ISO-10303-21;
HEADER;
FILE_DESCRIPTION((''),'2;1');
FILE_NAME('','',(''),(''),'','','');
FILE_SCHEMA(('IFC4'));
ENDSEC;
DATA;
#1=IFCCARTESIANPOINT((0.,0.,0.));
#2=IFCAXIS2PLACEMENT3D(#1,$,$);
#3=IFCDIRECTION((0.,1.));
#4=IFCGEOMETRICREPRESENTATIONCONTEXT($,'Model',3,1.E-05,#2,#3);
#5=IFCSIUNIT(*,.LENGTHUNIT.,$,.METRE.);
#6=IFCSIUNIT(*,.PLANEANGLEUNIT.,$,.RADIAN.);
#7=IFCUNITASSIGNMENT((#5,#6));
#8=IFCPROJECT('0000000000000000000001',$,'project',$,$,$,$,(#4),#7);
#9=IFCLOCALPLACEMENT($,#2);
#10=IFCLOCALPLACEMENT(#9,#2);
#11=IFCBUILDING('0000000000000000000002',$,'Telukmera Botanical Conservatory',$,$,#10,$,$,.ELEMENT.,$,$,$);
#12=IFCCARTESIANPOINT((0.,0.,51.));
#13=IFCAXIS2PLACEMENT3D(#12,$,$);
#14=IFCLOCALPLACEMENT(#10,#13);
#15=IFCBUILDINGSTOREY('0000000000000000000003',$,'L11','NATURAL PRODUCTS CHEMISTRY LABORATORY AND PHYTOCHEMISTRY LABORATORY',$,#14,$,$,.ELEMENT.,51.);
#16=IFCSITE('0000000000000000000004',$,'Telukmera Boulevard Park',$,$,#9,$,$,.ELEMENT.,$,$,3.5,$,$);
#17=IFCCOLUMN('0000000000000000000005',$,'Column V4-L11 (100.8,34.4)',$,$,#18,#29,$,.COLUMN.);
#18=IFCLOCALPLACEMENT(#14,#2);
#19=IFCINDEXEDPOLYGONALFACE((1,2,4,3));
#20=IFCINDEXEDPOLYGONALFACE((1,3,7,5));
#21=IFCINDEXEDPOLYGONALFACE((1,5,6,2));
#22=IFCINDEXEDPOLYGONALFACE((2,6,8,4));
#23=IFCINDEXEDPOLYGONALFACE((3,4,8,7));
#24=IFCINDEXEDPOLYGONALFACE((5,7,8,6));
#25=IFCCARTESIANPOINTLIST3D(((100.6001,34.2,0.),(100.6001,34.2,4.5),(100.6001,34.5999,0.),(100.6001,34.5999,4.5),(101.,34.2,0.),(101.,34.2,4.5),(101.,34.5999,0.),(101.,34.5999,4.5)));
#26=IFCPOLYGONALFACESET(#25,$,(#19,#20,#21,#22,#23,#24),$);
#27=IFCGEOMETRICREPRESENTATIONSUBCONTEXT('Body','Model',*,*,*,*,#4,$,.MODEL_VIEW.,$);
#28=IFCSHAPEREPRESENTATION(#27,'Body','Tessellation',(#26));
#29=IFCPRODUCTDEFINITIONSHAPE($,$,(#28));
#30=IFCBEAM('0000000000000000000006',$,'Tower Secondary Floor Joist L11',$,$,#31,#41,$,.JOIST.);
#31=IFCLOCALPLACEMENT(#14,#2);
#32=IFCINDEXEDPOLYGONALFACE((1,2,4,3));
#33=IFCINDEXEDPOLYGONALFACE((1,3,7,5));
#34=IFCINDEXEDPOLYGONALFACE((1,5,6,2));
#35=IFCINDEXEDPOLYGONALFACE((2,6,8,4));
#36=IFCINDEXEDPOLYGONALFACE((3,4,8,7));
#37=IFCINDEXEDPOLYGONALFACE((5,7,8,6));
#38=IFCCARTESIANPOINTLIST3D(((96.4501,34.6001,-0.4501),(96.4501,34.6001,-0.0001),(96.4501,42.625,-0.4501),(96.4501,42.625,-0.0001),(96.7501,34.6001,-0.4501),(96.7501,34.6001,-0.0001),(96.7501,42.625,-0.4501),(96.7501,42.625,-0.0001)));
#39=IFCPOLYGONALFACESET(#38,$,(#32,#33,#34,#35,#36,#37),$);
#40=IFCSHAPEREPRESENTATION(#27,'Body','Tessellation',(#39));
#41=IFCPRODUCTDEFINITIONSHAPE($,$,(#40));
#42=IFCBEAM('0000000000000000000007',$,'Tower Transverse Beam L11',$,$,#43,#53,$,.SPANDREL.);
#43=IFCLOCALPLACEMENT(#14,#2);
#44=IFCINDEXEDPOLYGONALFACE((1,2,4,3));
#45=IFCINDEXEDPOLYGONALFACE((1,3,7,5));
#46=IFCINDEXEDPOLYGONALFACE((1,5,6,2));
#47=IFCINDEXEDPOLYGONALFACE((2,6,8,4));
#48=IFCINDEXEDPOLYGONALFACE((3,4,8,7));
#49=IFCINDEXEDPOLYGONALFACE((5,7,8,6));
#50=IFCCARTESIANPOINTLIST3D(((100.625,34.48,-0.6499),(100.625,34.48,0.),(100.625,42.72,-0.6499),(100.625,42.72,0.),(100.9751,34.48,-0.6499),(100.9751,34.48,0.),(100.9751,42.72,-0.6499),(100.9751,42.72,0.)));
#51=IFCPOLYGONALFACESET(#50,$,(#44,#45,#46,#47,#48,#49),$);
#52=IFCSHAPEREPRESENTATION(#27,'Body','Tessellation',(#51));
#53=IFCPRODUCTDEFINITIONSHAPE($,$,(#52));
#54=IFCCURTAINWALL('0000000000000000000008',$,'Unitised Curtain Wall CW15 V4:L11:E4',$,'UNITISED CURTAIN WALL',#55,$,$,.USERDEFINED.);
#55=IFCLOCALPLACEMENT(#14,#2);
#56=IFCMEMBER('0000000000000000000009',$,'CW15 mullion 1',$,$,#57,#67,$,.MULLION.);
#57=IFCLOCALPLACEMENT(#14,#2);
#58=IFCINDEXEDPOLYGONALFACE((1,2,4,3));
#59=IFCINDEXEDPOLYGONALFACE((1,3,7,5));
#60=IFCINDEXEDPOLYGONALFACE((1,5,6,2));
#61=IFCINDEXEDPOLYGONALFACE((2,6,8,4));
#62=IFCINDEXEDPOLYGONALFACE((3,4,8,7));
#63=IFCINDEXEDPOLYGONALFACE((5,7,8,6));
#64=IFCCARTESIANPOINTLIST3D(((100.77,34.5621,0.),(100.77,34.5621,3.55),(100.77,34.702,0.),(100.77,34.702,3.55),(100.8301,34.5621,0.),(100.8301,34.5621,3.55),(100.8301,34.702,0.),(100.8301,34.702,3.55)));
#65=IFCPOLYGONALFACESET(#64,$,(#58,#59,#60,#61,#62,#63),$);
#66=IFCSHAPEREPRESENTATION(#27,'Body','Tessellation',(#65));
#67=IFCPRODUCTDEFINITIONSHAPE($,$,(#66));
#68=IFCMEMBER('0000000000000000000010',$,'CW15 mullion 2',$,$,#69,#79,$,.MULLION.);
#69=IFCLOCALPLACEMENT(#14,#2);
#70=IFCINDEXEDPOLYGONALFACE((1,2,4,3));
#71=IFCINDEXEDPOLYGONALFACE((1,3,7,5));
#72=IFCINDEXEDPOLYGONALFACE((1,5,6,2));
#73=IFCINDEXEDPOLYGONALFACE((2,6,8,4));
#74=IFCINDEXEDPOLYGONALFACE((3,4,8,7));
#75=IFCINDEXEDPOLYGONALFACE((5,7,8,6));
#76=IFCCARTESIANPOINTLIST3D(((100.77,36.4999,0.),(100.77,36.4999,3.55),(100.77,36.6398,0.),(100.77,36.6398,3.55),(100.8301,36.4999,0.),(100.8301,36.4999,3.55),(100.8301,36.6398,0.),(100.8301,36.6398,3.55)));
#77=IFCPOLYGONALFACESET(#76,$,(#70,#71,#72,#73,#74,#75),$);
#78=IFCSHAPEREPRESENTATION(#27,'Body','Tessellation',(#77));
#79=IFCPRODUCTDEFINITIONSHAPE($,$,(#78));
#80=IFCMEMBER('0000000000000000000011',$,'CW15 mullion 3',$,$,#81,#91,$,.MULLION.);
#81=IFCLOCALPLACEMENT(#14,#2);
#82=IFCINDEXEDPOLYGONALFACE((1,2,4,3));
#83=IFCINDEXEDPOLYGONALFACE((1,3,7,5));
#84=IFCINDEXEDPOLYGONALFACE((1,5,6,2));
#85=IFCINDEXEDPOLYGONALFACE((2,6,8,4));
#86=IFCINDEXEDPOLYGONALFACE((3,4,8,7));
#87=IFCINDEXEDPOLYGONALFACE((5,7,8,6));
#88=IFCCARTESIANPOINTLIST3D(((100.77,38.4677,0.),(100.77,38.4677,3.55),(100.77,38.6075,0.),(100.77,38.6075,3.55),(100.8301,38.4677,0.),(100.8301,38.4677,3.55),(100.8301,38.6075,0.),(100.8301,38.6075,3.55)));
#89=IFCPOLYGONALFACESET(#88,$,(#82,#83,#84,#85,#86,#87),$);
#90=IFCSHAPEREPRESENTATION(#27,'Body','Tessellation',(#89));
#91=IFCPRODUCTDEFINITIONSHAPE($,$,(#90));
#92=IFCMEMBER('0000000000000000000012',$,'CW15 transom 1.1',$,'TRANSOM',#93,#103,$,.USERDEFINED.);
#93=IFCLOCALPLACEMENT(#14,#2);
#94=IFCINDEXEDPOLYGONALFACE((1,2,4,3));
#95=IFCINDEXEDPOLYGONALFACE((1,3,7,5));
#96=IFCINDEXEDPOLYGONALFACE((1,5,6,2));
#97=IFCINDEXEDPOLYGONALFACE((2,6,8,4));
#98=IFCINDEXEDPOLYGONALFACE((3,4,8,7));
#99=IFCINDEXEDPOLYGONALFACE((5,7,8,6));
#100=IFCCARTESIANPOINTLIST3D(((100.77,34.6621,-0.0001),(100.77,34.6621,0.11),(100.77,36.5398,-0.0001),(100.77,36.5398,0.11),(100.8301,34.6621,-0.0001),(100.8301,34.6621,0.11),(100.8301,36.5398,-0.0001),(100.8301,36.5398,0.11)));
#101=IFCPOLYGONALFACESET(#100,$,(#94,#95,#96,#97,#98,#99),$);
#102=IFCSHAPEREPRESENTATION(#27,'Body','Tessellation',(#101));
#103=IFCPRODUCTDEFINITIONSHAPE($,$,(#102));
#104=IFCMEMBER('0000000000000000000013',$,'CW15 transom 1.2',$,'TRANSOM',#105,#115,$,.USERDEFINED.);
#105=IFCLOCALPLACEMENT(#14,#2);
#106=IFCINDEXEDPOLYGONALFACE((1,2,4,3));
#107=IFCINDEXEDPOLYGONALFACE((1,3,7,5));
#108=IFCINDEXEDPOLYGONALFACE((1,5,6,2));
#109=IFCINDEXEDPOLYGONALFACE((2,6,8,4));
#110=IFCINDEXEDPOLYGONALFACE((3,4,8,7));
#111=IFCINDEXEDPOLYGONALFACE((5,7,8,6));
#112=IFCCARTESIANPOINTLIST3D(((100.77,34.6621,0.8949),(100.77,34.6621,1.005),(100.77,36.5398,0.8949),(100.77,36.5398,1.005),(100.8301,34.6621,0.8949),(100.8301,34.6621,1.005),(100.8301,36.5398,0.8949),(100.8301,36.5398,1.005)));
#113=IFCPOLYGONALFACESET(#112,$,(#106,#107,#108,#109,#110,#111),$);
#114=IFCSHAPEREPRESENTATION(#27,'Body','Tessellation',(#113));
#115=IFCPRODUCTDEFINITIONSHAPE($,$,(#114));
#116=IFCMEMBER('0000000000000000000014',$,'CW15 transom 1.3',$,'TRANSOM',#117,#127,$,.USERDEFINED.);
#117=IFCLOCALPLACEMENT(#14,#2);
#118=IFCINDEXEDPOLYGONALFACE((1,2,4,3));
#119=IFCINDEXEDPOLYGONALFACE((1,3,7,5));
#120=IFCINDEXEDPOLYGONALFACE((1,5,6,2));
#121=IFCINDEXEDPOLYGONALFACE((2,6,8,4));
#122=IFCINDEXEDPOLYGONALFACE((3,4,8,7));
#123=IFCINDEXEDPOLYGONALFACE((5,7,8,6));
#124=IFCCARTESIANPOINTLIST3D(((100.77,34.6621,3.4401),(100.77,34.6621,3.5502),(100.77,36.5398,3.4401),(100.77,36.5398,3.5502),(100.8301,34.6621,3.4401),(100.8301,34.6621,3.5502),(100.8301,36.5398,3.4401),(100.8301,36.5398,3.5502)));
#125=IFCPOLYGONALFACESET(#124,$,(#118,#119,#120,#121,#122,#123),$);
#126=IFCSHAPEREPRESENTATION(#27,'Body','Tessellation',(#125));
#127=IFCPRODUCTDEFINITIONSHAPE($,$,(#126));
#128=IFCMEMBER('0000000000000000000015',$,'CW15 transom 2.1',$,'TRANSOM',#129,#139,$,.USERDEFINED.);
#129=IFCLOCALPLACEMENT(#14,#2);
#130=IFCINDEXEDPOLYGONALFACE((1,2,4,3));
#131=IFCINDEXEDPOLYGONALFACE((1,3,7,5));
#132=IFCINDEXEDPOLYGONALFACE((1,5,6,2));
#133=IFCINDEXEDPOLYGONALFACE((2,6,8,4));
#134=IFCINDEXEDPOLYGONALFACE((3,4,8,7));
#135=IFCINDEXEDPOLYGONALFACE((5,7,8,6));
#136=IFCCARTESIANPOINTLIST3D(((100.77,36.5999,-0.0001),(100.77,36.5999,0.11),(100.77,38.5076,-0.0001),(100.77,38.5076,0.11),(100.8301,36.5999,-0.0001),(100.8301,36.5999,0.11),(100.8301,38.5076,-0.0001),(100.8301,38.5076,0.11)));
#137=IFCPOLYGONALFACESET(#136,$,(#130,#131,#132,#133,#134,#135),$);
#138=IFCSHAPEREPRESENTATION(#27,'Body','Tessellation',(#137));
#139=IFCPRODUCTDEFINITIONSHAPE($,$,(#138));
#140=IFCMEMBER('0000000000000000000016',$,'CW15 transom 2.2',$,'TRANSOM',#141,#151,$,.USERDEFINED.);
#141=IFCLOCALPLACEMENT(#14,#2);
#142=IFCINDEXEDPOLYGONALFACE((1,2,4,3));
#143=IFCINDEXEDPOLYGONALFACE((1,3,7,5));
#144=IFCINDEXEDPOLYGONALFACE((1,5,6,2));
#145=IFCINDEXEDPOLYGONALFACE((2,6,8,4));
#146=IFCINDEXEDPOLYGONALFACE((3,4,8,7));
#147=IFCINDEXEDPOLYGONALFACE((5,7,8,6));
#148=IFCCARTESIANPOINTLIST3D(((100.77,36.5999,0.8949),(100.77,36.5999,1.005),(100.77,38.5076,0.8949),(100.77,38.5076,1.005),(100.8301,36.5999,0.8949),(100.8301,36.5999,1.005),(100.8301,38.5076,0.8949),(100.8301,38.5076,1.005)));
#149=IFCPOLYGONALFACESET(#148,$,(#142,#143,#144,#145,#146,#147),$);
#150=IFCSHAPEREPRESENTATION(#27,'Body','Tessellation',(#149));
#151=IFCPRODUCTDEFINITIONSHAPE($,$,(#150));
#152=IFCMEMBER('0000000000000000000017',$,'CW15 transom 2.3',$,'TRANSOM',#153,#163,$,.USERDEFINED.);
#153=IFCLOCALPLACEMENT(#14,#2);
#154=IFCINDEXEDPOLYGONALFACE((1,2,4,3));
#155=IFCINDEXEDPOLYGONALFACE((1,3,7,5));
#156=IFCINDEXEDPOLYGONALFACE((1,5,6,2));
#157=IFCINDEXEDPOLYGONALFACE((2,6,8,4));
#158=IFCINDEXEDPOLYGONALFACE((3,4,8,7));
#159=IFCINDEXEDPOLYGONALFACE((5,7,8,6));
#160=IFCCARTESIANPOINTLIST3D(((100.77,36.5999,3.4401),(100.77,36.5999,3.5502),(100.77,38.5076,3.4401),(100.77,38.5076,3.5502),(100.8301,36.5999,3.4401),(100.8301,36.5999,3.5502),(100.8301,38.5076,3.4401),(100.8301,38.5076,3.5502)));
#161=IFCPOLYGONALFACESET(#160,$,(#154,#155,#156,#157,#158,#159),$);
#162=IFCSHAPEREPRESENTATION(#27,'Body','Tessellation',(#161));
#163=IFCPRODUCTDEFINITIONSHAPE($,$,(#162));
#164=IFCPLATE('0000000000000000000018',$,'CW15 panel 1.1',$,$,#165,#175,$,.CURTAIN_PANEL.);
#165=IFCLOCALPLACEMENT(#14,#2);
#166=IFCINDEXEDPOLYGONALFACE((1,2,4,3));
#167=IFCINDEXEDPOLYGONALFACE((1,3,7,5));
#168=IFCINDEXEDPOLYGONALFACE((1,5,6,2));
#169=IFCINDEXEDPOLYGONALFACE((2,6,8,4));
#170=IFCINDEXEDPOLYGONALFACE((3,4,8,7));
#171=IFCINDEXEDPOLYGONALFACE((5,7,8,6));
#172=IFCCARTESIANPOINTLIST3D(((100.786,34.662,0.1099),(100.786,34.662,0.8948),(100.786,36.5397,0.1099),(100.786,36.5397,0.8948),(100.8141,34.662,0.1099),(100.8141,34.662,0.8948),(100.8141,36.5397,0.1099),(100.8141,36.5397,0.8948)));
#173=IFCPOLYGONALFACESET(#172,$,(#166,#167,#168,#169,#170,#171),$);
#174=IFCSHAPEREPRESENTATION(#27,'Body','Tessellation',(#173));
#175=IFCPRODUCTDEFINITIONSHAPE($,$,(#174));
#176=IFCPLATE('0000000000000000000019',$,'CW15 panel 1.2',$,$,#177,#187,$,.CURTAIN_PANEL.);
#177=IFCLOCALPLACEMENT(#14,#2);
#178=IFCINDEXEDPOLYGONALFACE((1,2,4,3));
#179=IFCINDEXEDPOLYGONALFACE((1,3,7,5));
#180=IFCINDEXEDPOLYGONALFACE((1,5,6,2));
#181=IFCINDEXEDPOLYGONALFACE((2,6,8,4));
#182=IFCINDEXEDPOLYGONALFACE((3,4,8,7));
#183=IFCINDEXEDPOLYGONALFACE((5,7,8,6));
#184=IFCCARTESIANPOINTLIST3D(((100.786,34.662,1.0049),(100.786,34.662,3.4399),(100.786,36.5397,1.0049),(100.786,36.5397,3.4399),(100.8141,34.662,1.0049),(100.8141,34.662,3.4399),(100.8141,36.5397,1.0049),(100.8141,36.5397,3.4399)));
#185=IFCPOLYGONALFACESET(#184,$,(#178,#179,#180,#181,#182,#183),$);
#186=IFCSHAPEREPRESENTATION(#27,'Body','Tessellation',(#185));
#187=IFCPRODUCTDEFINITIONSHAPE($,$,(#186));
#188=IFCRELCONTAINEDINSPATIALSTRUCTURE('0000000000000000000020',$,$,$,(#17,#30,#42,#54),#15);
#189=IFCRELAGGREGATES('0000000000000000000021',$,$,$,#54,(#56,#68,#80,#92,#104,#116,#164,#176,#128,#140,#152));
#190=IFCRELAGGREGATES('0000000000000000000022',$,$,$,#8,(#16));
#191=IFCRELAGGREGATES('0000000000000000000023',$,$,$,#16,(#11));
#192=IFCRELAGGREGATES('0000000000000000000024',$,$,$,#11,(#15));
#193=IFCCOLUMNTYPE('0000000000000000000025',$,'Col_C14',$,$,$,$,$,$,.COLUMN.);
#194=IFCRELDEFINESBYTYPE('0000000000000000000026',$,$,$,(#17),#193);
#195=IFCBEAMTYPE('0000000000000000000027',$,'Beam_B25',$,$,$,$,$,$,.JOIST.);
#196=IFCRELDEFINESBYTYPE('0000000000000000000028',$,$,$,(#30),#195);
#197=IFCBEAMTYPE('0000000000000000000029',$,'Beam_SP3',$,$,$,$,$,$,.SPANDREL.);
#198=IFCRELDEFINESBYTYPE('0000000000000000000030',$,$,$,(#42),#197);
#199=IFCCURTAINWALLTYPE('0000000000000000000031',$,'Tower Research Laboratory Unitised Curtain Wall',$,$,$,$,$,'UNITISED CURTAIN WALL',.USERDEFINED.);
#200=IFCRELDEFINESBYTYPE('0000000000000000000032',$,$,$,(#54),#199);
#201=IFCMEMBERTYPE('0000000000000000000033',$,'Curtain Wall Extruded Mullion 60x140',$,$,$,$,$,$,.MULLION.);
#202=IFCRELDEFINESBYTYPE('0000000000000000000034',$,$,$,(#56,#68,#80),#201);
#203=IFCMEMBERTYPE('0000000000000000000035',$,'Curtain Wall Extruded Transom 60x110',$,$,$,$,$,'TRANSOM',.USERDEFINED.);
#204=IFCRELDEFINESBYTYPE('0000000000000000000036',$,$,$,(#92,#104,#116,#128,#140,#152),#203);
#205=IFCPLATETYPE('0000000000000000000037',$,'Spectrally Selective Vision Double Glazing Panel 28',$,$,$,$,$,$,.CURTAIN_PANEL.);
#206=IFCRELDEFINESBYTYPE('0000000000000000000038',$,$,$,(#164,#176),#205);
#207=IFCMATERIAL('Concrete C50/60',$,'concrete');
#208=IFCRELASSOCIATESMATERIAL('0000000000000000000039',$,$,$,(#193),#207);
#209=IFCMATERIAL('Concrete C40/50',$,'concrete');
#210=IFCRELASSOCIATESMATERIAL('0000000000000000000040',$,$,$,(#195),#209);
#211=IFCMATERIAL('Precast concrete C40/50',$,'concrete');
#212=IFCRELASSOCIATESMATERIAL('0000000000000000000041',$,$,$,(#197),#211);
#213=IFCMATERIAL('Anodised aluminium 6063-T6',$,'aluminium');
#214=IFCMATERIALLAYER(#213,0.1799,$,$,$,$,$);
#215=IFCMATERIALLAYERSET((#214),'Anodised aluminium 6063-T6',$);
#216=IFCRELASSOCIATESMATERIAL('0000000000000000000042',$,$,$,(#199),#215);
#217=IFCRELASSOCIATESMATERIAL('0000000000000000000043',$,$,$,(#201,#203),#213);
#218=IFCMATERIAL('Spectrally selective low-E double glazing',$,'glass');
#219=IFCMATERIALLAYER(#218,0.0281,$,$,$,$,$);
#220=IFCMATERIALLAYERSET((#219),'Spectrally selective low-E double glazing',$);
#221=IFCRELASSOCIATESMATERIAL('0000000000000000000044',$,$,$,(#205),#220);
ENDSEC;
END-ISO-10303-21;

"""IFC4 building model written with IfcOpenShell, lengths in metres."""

from ifc_helpers import new_model, si_unit, direction, frame, origin, origin_2d, place, context, subcontext, project, spatial, rectangle, extrude, material, layer, layer_set, material_profile, profile_set, type_object, element, aggregate, save


model = new_model("IFC4")

# Units and contexts
model_context = context("Model", 3, precision=1e-05, world=origin(), true_north=direction((0.0, 1.0)))
body_context = subcontext(model_context, "Body", "Model", "MODEL_VIEW")
ifc_project = project(units=[si_unit("LENGTHUNIT", "METRE"), si_unit("PLANEANGLEUNIT", "RADIAN")], contexts=[model_context])

# Site, building, storey
site_placement = place(None, origin())
site = spatial("IfcSite", under=ifc_project, at=site_placement, Name="Telukmera Boulevard Park", CompositionType="ELEMENT", RefElevation=3.5)
building_placement = place(site_placement, origin())
building = spatial("IfcBuilding", under=site, at=building_placement, Name="Telukmera Botanical Conservatory", CompositionType="ELEMENT")
storey_placement = place(building_placement, frame((0.0, 0.0, 51.0)))
storey = spatial("IfcBuildingStorey", under=building, at=storey_placement, Name="L11", Description="NATURAL PRODUCTS CHEMISTRY LABORATORY AND PHYTOCHEMISTRY LABORATORY", CompositionType="ELEMENT", Elevation=51.0)

# Column
ifc_material_1 = material(Name="Concrete C50/60", Category="concrete")
ifc_material_profile_1 = material_profile(ifc_material_1, rectangle(XDim=0.3999, YDim=0.3999, at=origin_2d()), Name="RC 400x400")
ifc_profile_set_1 = profile_set([ifc_material_profile_1], Name="Concrete C50/60")
column_type = type_object("IfcColumnType", Name="Col_C14", PredefinedType="COLUMN", material=ifc_profile_set_1)
column_placement = place(storey_placement, frame((100.8, 34.3999, 0.0), z_axis=(0.0, 0.0, 1.0), x_axis=(1.0, 0.0, 0.0)))
element("IfcColumn", 1, at=column_placement, inside=storey, type_object=column_type, Name="Column V4-L11 (100.8,34.4)", PredefinedType="COLUMN", context=body_context, shape_type="SweptSolid", body=[
    extrude(rectangle(XDim=0.3999, YDim=0.3999, at=origin_2d()), origin(), (0.0, 0.0, 1.0), 4.5),
])

# Beams
ifc_material_2 = material(Name="Concrete C40/50", Category="concrete")
ifc_material_profile_2 = material_profile(ifc_material_2, rectangle(XDim=0.3, YDim=0.45, at=origin_2d()), Name="RC 300x450")
ifc_profile_set_2 = profile_set([ifc_material_profile_2], Name="Concrete C40/50")
beam_type_1 = type_object("IfcBeamType", Name="Beam_B25", PredefinedType="JOIST", material=ifc_profile_set_2)
beam_1_placement = place(storey_placement, frame((96.6001, 34.6001, -0.2251), z_axis=(0.0, 1.0, 0.0), x_axis=(-1.0, 0.0, 0.0)))
element("IfcBeam", 2, at=beam_1_placement, inside=storey, type_object=beam_type_1, Name="Tower Secondary Floor Joist L11", PredefinedType="JOIST", context=body_context, shape_type="SweptSolid", body=[
    extrude(rectangle(XDim=0.3, YDim=0.45, at=origin_2d()), origin(), (0.0, 0.0, 1.0), 8.0249),
])
ifc_material_3 = material(Name="Precast concrete C40/50", Category="concrete")
ifc_material_profile_3 = material_profile(ifc_material_3, rectangle(XDim=0.3501, YDim=0.6499, at=origin_2d()), Name="PC 350x650")
ifc_profile_set_3 = profile_set([ifc_material_profile_3], Name="Precast concrete C40/50")
beam_type_2 = type_object("IfcBeamType", Name="Beam_SP3", PredefinedType="SPANDREL", material=ifc_profile_set_3)
beam_2_placement = place(storey_placement, frame((100.8, 34.48, -0.325), z_axis=(0.0, 1.0, 0.0), x_axis=(-1.0, 0.0, 0.0)))
element("IfcBeam", 3, at=beam_2_placement, inside=storey, type_object=beam_type_2, Name="Tower Transverse Beam L11", PredefinedType="SPANDREL", context=body_context, shape_type="SweptSolid", body=[
    extrude(rectangle(XDim=0.3501, YDim=0.6499, at=origin_2d()), origin(), (0.0, 0.0, 1.0), 8.24),
])

# Curtain wall, members, plates
ifc_material_4 = material(Name="Anodised aluminium 6063-T6", Category="aluminium")
ifc_layer_1 = layer(ifc_material_4, 0.1799)
ifc_layer_set_1 = layer_set([ifc_layer_1], Name="Anodised aluminium 6063-T6")
curtain_wall_type = type_object("IfcCurtainWallType", Name="Tower Research Laboratory Unitised Curtain Wall", ElementType="UNITISED CURTAIN WALL", PredefinedType="USERDEFINED", material=ifc_layer_set_1)
curtain_wall_placement = place(storey_placement, origin())
curtain_wall = element("IfcCurtainWall", 4, at=curtain_wall_placement, inside=storey, type_object=curtain_wall_type, Name="Unitised Curtain Wall CW15 V4:L11:E4", ObjectType="UNITISED CURTAIN WALL", PredefinedType="USERDEFINED")
ifc_material_profile_4 = material_profile(ifc_material_4, rectangle(XDim=0.0601, YDim=0.1399, at=origin_2d()), Name="ALU MULL 60x140")
ifc_profile_set_4 = profile_set([ifc_material_profile_4], Name="Anodised aluminium 6063-T6")
member_type_1 = type_object("IfcMemberType", Name="Curtain Wall Extruded Mullion 60x140", PredefinedType="MULLION", material=ifc_profile_set_4)
member_1_placement = place(storey_placement, frame((100.8, 34.6321, 0.0), z_axis=(0.0, 0.0, 1.0), x_axis=(-1.0, 0.0, 0.0)))
member_1 = element("IfcMember", 5, at=member_1_placement, type_object=member_type_1, Name="CW15 mullion 1", PredefinedType="MULLION", context=body_context, shape_type="SweptSolid", body=[
    extrude(rectangle(XDim=0.0601, YDim=0.1399, at=origin_2d()), origin(), (0.0, 0.0, 1.0), 3.55),
])
member_2_placement = place(storey_placement, frame((100.8, 36.5698, 0.0), z_axis=(0.0, 0.0, 1.0), x_axis=(-1.0, 0.0, 0.0)))
member_2 = element("IfcMember", 6, at=member_2_placement, type_object=member_type_1, Name="CW15 mullion 2", PredefinedType="MULLION", context=body_context, shape_type="SweptSolid", body=[
    extrude(rectangle(XDim=0.0601, YDim=0.1399, at=origin_2d()), origin(), (0.0, 0.0, 1.0), 3.55),
])
member_3_placement = place(storey_placement, frame((100.8, 38.5376, 0.0), z_axis=(0.0, 0.0, 1.0), x_axis=(-1.0, 0.0, 0.0)))
member_3 = element("IfcMember", 7, at=member_3_placement, type_object=member_type_1, Name="CW15 mullion 3", PredefinedType="MULLION", context=body_context, shape_type="SweptSolid", body=[
    extrude(rectangle(XDim=0.0601, YDim=0.1399, at=origin_2d()), origin(), (0.0, 0.0, 1.0), 3.55),
])
ifc_material_profile_5 = material_profile(ifc_material_4, rectangle(XDim=0.0601, YDim=0.1101, at=origin_2d()), Name="ALU TRAN 60x110")
ifc_profile_set_5 = profile_set([ifc_material_profile_5], Name="Anodised aluminium 6063-T6")
member_type_2 = type_object("IfcMemberType", Name="Curtain Wall Extruded Transom 60x110", ElementType="TRANSOM", PredefinedType="USERDEFINED", material=ifc_profile_set_5)
member_4_placement = place(storey_placement, frame((100.8, 34.6621, 0.0549), z_axis=(0.0, 1.0, 0.0), x_axis=(-1.0, 0.0, 0.0)))
member_4 = element("IfcMember", 8, at=member_4_placement, type_object=member_type_2, Name="CW15 transom 1.1", ObjectType="TRANSOM", PredefinedType="USERDEFINED", context=body_context, shape_type="SweptSolid", body=[
    extrude(rectangle(XDim=0.0601, YDim=0.1101, at=origin_2d()), origin(), (0.0, 0.0, 1.0), 1.8777),
])
member_5_placement = place(storey_placement, frame((100.8, 34.6621, 0.95), z_axis=(0.0, 1.0, 0.0), x_axis=(-1.0, 0.0, 0.0)))
member_5 = element("IfcMember", 9, at=member_5_placement, type_object=member_type_2, Name="CW15 transom 1.2", ObjectType="TRANSOM", PredefinedType="USERDEFINED", context=body_context, shape_type="SweptSolid", body=[
    extrude(rectangle(XDim=0.0601, YDim=0.1101, at=origin_2d()), origin(), (0.0, 0.0, 1.0), 1.8777),
])
member_6_placement = place(storey_placement, frame((100.8, 34.6621, 3.4951), z_axis=(0.0, 1.0, 0.0), x_axis=(-1.0, 0.0, 0.0)))
member_6 = element("IfcMember", 10, at=member_6_placement, type_object=member_type_2, Name="CW15 transom 1.3", ObjectType="TRANSOM", PredefinedType="USERDEFINED", context=body_context, shape_type="SweptSolid", body=[
    extrude(rectangle(XDim=0.0601, YDim=0.1101, at=origin_2d()), origin(), (0.0, 0.0, 1.0), 1.8777),
])
member_7_placement = place(storey_placement, frame((100.8, 36.5999, 0.0549), z_axis=(0.0, 1.0, 0.0), x_axis=(-1.0, 0.0, 0.0)))
member_7 = element("IfcMember", 11, at=member_7_placement, type_object=member_type_2, Name="CW15 transom 2.1", ObjectType="TRANSOM", PredefinedType="USERDEFINED", context=body_context, shape_type="SweptSolid", body=[
    extrude(rectangle(XDim=0.0601, YDim=0.1101, at=origin_2d()), origin(), (0.0, 0.0, 1.0), 1.9077),
])
member_8_placement = place(storey_placement, frame((100.8, 36.5999, 0.95), z_axis=(0.0, 1.0, 0.0), x_axis=(-1.0, 0.0, 0.0)))
member_8 = element("IfcMember", 12, at=member_8_placement, type_object=member_type_2, Name="CW15 transom 2.2", ObjectType="TRANSOM", PredefinedType="USERDEFINED", context=body_context, shape_type="SweptSolid", body=[
    extrude(rectangle(XDim=0.0601, YDim=0.1101, at=origin_2d()), origin(), (0.0, 0.0, 1.0), 1.9077),
])
member_9_placement = place(storey_placement, frame((100.8, 36.5999, 3.4951), z_axis=(0.0, 1.0, 0.0), x_axis=(-1.0, 0.0, 0.0)))
member_9 = element("IfcMember", 13, at=member_9_placement, type_object=member_type_2, Name="CW15 transom 2.3", ObjectType="TRANSOM", PredefinedType="USERDEFINED", context=body_context, shape_type="SweptSolid", body=[
    extrude(rectangle(XDim=0.0601, YDim=0.1101, at=origin_2d()), origin(), (0.0, 0.0, 1.0), 1.9077),
])
ifc_material_5 = material(Name="Spectrally selective low-E double glazing", Category="glass")
ifc_layer_2 = layer(ifc_material_5, 0.0281)
ifc_layer_set_2 = layer_set([ifc_layer_2], Name="Spectrally selective low-E double glazing")
plate_type = type_object("IfcPlateType", Name="Spectrally Selective Vision Double Glazing Panel 28", PredefinedType="CURTAIN_PANEL", material=ifc_layer_set_2)
plate_1_placement = place(storey_placement, frame((100.8, 35.6008, 0.1099), z_axis=(0.0, 0.0, 1.0), x_axis=(0.0, 1.0, 0.0)))
plate_1 = element("IfcPlate", 14, at=plate_1_placement, type_object=plate_type, Name="CW15 panel 1.1", PredefinedType="CURTAIN_PANEL", context=body_context, shape_type="SweptSolid", body=[
    extrude(rectangle(XDim=1.8777, YDim=0.0281, at=origin_2d()), origin(), (0.0, 0.0, 1.0), 0.7849),
])
plate_2_placement = place(storey_placement, frame((100.8, 35.6008, 1.0049), z_axis=(0.0, 0.0, 1.0), x_axis=(0.0, 1.0, 0.0)))
plate_2 = element("IfcPlate", 15, at=plate_2_placement, type_object=plate_type, Name="CW15 panel 1.2", PredefinedType="CURTAIN_PANEL", context=body_context, shape_type="SweptSolid", body=[
    extrude(rectangle(XDim=1.8777, YDim=0.0281, at=origin_2d()), origin(), (0.0, 0.0, 1.0), 2.4351),
])
aggregate(curtain_wall, [member_1, member_2, member_3, member_4, member_5, member_6, plate_1, plate_2, member_7, member_8, member_9])

save(model, "model.ifc")
